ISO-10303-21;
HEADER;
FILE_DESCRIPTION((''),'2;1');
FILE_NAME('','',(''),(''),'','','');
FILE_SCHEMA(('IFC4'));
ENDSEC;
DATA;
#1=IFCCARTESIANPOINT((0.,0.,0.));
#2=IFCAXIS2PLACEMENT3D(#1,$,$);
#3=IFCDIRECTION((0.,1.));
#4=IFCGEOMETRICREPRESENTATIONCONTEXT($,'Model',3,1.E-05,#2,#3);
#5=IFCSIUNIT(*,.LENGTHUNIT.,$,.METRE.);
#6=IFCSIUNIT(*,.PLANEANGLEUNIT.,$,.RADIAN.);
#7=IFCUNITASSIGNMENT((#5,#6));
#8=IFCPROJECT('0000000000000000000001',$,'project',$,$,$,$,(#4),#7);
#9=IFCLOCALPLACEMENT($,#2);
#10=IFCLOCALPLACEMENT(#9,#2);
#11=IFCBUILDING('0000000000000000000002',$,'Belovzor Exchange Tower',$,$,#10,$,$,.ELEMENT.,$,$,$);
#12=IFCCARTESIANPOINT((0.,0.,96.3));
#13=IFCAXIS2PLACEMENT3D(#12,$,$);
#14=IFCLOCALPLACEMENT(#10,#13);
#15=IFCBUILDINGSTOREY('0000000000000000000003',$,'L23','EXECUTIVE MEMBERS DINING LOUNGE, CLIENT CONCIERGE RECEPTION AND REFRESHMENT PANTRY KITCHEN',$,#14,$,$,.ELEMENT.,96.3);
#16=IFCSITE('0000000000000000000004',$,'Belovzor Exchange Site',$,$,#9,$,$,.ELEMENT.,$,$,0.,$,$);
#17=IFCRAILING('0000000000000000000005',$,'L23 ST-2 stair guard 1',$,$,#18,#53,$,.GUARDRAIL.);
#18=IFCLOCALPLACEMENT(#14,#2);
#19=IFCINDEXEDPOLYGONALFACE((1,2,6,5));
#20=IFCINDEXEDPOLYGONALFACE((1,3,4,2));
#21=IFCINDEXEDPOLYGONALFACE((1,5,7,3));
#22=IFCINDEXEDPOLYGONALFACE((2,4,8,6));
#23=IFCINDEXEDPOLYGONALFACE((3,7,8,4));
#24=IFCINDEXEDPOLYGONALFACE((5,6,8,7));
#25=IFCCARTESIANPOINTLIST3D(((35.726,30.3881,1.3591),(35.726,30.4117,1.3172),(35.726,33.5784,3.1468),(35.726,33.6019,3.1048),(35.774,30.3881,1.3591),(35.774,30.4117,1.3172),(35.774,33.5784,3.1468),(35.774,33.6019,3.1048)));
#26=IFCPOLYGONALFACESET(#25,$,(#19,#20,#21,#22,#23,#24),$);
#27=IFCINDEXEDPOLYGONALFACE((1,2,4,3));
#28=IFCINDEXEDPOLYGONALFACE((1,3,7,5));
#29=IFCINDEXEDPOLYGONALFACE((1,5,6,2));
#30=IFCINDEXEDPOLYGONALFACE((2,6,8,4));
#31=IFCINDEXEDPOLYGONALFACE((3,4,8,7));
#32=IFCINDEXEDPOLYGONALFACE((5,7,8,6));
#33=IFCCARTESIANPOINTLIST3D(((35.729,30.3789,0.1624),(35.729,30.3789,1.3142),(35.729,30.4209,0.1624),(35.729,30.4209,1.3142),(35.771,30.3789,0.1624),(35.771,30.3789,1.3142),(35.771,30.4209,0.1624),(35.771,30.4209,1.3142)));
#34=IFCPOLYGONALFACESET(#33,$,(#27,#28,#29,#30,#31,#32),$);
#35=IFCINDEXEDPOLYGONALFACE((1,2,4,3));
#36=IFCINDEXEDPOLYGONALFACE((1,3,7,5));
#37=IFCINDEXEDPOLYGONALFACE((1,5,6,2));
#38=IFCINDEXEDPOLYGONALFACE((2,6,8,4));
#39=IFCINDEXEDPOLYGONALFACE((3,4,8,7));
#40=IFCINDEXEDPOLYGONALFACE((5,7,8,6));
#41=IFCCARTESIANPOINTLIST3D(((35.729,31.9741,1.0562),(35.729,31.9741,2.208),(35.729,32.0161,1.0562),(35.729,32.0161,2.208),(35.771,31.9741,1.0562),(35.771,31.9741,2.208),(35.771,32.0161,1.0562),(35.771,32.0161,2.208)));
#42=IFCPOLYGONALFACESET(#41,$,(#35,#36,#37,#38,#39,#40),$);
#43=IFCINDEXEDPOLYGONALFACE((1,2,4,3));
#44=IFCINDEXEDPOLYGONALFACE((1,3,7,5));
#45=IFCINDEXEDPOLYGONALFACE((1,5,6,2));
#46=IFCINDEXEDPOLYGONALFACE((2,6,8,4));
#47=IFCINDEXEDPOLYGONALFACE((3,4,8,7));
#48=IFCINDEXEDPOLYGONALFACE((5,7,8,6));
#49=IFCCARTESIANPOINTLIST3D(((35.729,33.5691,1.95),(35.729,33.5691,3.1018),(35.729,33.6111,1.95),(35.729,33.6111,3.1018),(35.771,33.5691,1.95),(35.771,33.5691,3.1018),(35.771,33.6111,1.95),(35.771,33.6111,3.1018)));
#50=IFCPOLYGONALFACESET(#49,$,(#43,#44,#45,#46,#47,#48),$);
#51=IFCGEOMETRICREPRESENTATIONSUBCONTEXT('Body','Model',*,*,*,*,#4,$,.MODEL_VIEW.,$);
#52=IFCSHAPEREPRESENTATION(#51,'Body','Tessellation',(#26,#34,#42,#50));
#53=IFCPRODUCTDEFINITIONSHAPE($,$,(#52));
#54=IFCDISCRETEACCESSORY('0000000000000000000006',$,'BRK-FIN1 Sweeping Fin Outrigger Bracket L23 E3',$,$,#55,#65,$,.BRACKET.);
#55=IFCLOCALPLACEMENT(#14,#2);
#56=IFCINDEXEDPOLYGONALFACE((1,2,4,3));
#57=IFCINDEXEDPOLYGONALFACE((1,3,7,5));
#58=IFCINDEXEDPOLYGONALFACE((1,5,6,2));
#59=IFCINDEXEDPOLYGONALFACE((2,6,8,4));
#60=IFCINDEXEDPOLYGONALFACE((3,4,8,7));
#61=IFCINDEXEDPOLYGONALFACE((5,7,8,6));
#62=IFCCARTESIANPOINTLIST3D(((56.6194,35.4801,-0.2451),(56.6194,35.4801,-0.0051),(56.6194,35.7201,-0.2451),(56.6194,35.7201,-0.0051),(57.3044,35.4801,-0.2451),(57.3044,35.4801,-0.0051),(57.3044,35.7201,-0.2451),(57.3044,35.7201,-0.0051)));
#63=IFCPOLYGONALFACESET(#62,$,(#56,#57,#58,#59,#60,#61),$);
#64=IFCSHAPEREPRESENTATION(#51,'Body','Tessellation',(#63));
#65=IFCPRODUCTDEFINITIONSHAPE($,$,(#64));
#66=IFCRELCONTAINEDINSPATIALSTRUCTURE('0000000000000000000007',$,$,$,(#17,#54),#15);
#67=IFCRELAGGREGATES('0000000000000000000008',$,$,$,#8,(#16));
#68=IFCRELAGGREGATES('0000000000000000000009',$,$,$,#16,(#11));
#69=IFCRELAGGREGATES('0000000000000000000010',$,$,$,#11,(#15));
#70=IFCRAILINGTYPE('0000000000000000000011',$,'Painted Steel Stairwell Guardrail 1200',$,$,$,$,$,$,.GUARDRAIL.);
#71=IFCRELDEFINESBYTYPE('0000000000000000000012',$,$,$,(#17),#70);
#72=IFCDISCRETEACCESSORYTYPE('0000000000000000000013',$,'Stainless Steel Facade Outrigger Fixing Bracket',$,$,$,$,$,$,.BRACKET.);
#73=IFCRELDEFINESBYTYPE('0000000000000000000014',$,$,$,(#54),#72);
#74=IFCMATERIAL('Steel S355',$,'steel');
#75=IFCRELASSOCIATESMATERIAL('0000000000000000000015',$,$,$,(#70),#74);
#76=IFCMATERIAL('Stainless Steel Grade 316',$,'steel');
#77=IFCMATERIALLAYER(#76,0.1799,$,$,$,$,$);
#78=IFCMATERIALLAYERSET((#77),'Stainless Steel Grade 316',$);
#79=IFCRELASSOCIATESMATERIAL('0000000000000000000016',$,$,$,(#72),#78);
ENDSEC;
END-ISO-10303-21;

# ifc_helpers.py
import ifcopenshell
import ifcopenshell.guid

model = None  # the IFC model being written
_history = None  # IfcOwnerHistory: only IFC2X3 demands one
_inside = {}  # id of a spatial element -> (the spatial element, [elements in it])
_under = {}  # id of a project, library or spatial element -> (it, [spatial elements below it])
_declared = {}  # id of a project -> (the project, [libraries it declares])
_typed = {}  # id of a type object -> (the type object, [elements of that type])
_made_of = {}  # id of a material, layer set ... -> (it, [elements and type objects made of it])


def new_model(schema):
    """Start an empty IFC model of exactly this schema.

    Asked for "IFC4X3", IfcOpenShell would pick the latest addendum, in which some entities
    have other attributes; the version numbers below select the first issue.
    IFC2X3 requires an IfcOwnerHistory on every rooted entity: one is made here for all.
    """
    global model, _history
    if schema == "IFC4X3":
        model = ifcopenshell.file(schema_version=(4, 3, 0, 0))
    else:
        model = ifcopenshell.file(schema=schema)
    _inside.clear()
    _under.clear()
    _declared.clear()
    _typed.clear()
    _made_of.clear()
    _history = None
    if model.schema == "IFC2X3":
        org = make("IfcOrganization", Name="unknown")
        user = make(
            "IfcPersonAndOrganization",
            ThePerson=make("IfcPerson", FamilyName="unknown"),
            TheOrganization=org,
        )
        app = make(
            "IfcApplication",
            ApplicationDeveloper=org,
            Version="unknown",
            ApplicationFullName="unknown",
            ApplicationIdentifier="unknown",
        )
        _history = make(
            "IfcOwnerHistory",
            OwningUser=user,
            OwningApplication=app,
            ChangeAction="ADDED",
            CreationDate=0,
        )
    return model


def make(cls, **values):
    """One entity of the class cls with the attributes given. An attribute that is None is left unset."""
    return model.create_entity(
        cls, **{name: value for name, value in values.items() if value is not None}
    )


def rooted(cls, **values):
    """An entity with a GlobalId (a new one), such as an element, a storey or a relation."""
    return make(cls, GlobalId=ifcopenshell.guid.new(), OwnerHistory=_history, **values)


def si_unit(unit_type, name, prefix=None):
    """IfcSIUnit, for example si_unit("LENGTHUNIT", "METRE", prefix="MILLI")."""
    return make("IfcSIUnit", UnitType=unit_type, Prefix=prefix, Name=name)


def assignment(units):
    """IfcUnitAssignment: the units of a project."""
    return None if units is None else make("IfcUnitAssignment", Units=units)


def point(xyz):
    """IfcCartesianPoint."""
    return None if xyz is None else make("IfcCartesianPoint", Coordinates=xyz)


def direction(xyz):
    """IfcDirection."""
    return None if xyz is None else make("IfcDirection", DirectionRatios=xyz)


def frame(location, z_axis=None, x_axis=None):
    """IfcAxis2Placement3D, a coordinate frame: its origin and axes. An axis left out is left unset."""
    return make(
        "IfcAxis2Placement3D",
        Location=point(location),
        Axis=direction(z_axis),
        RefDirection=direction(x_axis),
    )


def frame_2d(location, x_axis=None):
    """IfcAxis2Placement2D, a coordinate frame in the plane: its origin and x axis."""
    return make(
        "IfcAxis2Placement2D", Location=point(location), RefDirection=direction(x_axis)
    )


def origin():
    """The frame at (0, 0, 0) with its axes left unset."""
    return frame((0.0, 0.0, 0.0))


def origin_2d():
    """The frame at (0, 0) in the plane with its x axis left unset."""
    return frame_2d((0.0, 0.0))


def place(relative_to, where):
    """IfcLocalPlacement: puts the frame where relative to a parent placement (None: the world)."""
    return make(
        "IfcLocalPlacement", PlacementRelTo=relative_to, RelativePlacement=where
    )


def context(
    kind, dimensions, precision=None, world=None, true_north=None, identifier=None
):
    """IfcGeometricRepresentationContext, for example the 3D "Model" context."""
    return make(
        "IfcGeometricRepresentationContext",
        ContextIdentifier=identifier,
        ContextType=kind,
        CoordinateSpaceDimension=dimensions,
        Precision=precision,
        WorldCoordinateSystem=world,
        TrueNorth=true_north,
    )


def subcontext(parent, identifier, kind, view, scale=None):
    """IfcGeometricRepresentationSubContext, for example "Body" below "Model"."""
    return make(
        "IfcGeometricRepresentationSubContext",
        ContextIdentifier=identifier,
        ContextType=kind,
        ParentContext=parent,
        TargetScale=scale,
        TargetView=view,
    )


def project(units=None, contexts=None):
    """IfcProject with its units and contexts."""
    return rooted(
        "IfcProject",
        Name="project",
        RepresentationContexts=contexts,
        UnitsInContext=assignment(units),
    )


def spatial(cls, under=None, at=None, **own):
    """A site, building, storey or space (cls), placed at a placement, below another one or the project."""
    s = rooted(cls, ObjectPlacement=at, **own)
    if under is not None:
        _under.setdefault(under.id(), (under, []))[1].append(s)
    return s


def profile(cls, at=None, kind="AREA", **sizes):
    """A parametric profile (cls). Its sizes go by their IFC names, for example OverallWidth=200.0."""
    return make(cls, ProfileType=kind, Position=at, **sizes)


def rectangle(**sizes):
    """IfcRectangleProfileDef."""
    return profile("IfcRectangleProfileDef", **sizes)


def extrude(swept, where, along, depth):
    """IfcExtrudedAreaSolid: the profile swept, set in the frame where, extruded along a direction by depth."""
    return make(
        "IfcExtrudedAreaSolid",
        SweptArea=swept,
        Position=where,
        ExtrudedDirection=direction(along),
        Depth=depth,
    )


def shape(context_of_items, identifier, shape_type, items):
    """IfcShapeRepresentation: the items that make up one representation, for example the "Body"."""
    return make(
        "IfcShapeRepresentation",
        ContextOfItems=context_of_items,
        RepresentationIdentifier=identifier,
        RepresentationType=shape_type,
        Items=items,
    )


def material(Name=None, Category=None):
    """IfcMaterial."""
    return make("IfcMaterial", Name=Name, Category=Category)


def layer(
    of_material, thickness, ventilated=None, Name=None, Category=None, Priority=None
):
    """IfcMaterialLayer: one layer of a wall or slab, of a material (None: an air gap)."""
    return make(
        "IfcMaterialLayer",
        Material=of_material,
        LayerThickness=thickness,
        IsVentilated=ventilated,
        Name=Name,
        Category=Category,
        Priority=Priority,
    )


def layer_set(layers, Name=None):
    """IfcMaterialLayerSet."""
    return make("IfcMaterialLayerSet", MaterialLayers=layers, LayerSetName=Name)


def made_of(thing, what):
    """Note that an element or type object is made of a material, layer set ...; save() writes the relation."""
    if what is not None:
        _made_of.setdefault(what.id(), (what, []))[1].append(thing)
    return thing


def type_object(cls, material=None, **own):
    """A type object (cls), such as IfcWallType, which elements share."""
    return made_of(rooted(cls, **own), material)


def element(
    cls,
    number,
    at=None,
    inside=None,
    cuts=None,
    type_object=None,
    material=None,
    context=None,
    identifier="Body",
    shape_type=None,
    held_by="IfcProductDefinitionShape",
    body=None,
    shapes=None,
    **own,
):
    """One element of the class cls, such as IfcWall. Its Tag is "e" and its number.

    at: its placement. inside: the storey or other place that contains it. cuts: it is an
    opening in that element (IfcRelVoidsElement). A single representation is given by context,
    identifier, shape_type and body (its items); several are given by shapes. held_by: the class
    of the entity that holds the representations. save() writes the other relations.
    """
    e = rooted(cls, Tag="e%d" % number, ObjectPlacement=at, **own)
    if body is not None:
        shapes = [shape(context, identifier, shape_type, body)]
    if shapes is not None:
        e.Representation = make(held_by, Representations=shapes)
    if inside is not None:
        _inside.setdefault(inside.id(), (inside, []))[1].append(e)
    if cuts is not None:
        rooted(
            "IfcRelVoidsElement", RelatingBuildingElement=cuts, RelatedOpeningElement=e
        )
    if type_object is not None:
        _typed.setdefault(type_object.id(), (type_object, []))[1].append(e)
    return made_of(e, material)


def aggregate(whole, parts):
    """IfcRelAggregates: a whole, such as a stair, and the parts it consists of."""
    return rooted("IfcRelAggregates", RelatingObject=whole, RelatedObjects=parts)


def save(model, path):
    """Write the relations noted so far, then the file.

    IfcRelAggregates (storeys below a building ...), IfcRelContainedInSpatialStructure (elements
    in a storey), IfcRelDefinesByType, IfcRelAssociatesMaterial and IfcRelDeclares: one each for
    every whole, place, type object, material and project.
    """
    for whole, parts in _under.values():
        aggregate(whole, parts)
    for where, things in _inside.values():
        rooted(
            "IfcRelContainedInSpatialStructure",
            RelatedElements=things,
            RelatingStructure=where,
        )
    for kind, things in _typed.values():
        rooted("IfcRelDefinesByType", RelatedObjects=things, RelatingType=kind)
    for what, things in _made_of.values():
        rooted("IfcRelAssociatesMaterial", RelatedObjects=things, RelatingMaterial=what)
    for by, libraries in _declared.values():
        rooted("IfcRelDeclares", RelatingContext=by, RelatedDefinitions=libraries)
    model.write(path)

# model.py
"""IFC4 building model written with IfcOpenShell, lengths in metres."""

from ifc_helpers import new_model, si_unit, direction, frame, origin, origin_2d, place, context, subcontext, project, spatial, rectangle, extrude, material, layer, layer_set, type_object, element, save


model = new_model("IFC4")

# Units and contexts
model_context = context("Model", 3, precision=1e-05, world=origin(), true_north=direction((0.0, 1.0)))
body_context = subcontext(model_context, "Body", "Model", "MODEL_VIEW")
ifc_project = project(units=[si_unit("LENGTHUNIT", "METRE"), si_unit("PLANEANGLEUNIT", "RADIAN")], contexts=[model_context])

# Site, building, storey
site_placement = place(None, origin())
site = spatial("IfcSite", under=ifc_project, at=site_placement, Name="Belovzor Exchange Site", CompositionType="ELEMENT", RefElevation=0.0)
building_placement = place(site_placement, origin())
building = spatial("IfcBuilding", under=site, at=building_placement, Name="Belovzor Exchange Tower", CompositionType="ELEMENT")
storey_placement = place(building_placement, frame((0.0, 0.0, 96.3)))
storey = spatial("IfcBuildingStorey", under=building, at=storey_placement, Name="L23", Description="EXECUTIVE MEMBERS DINING LOUNGE, CLIENT CONCIERGE RECEPTION AND REFRESHMENT PANTRY KITCHEN", CompositionType="ELEMENT", Elevation=96.3)

# Railing
ifc_material_1 = material(Name="Steel S355", Category="steel")
railing_type_1 = type_object("IfcRailingType", Name="Painted Steel Stairwell Guardrail 1200", PredefinedType="GUARDRAIL", material=ifc_material_1)
railing_1_placement = place(storey_placement, frame((35.75, 30.3999, 0.1624)))
element("IfcRailing", 1, at=railing_1_placement, inside=storey, type_object=railing_type_1, Name="L23 ST-2 stair guard 1", PredefinedType="GUARDRAIL", context=body_context, shape_type="SweptSolid", body=[
    extrude(rectangle(XDim=0.0481, YDim=0.0481, at=origin_2d()), frame((0.0, 0.0, 1.1758), z_axis=(0.0, 0.872378, 0.488831), x_axis=(-1.0, 0.0, 0.0)), (0.0, 0.0, 1.0), 3.657),
    extrude(rectangle(XDim=0.042, YDim=0.042, at=origin_2d()), origin(), (0.0, 0.0, 1.0), 1.1519),
    extrude(rectangle(XDim=0.042, YDim=0.042, at=origin_2d()), frame((0.0, 1.5952, 0.8938)), (0.0, 0.0, 1.0), 1.1519),
    extrude(rectangle(XDim=0.042, YDim=0.042, at=origin_2d()), frame((0.0, 3.1902, 1.7876)), (0.0, 0.0, 1.0), 1.1519),
])

# Discrete accessory
ifc_material_2 = material(Name="Stainless Steel Grade 316", Category="steel")
ifc_layer_1 = layer(ifc_material_2, 0.1799)
ifc_layer_set_1 = layer_set([ifc_layer_1], Name="Stainless Steel Grade 316")
discrete_accessory_type = type_object("IfcDiscreteAccessoryType", Name="Stainless Steel Facade Outrigger Fixing Bracket", PredefinedType="BRACKET", material=ifc_layer_set_1)
discrete_accessory_placement = place(storey_placement, frame((56.9619, 35.6001, -0.2451), z_axis=(0.0, 0.0, 1.0), x_axis=(1.0, 0.0, 0.0)))
element("IfcDiscreteAccessory", 2, at=discrete_accessory_placement, inside=storey, type_object=discrete_accessory_type, Name="BRK-FIN1 Sweeping Fin Outrigger Bracket L23 E3", PredefinedType="BRACKET", context=body_context, shape_type="SweptSolid", body=[
    extrude(rectangle(XDim=0.6851, YDim=0.24, at=origin_2d()), origin(), (0.0, 0.0, 1.0), 0.24),
])

save(model, "model.ifc")
